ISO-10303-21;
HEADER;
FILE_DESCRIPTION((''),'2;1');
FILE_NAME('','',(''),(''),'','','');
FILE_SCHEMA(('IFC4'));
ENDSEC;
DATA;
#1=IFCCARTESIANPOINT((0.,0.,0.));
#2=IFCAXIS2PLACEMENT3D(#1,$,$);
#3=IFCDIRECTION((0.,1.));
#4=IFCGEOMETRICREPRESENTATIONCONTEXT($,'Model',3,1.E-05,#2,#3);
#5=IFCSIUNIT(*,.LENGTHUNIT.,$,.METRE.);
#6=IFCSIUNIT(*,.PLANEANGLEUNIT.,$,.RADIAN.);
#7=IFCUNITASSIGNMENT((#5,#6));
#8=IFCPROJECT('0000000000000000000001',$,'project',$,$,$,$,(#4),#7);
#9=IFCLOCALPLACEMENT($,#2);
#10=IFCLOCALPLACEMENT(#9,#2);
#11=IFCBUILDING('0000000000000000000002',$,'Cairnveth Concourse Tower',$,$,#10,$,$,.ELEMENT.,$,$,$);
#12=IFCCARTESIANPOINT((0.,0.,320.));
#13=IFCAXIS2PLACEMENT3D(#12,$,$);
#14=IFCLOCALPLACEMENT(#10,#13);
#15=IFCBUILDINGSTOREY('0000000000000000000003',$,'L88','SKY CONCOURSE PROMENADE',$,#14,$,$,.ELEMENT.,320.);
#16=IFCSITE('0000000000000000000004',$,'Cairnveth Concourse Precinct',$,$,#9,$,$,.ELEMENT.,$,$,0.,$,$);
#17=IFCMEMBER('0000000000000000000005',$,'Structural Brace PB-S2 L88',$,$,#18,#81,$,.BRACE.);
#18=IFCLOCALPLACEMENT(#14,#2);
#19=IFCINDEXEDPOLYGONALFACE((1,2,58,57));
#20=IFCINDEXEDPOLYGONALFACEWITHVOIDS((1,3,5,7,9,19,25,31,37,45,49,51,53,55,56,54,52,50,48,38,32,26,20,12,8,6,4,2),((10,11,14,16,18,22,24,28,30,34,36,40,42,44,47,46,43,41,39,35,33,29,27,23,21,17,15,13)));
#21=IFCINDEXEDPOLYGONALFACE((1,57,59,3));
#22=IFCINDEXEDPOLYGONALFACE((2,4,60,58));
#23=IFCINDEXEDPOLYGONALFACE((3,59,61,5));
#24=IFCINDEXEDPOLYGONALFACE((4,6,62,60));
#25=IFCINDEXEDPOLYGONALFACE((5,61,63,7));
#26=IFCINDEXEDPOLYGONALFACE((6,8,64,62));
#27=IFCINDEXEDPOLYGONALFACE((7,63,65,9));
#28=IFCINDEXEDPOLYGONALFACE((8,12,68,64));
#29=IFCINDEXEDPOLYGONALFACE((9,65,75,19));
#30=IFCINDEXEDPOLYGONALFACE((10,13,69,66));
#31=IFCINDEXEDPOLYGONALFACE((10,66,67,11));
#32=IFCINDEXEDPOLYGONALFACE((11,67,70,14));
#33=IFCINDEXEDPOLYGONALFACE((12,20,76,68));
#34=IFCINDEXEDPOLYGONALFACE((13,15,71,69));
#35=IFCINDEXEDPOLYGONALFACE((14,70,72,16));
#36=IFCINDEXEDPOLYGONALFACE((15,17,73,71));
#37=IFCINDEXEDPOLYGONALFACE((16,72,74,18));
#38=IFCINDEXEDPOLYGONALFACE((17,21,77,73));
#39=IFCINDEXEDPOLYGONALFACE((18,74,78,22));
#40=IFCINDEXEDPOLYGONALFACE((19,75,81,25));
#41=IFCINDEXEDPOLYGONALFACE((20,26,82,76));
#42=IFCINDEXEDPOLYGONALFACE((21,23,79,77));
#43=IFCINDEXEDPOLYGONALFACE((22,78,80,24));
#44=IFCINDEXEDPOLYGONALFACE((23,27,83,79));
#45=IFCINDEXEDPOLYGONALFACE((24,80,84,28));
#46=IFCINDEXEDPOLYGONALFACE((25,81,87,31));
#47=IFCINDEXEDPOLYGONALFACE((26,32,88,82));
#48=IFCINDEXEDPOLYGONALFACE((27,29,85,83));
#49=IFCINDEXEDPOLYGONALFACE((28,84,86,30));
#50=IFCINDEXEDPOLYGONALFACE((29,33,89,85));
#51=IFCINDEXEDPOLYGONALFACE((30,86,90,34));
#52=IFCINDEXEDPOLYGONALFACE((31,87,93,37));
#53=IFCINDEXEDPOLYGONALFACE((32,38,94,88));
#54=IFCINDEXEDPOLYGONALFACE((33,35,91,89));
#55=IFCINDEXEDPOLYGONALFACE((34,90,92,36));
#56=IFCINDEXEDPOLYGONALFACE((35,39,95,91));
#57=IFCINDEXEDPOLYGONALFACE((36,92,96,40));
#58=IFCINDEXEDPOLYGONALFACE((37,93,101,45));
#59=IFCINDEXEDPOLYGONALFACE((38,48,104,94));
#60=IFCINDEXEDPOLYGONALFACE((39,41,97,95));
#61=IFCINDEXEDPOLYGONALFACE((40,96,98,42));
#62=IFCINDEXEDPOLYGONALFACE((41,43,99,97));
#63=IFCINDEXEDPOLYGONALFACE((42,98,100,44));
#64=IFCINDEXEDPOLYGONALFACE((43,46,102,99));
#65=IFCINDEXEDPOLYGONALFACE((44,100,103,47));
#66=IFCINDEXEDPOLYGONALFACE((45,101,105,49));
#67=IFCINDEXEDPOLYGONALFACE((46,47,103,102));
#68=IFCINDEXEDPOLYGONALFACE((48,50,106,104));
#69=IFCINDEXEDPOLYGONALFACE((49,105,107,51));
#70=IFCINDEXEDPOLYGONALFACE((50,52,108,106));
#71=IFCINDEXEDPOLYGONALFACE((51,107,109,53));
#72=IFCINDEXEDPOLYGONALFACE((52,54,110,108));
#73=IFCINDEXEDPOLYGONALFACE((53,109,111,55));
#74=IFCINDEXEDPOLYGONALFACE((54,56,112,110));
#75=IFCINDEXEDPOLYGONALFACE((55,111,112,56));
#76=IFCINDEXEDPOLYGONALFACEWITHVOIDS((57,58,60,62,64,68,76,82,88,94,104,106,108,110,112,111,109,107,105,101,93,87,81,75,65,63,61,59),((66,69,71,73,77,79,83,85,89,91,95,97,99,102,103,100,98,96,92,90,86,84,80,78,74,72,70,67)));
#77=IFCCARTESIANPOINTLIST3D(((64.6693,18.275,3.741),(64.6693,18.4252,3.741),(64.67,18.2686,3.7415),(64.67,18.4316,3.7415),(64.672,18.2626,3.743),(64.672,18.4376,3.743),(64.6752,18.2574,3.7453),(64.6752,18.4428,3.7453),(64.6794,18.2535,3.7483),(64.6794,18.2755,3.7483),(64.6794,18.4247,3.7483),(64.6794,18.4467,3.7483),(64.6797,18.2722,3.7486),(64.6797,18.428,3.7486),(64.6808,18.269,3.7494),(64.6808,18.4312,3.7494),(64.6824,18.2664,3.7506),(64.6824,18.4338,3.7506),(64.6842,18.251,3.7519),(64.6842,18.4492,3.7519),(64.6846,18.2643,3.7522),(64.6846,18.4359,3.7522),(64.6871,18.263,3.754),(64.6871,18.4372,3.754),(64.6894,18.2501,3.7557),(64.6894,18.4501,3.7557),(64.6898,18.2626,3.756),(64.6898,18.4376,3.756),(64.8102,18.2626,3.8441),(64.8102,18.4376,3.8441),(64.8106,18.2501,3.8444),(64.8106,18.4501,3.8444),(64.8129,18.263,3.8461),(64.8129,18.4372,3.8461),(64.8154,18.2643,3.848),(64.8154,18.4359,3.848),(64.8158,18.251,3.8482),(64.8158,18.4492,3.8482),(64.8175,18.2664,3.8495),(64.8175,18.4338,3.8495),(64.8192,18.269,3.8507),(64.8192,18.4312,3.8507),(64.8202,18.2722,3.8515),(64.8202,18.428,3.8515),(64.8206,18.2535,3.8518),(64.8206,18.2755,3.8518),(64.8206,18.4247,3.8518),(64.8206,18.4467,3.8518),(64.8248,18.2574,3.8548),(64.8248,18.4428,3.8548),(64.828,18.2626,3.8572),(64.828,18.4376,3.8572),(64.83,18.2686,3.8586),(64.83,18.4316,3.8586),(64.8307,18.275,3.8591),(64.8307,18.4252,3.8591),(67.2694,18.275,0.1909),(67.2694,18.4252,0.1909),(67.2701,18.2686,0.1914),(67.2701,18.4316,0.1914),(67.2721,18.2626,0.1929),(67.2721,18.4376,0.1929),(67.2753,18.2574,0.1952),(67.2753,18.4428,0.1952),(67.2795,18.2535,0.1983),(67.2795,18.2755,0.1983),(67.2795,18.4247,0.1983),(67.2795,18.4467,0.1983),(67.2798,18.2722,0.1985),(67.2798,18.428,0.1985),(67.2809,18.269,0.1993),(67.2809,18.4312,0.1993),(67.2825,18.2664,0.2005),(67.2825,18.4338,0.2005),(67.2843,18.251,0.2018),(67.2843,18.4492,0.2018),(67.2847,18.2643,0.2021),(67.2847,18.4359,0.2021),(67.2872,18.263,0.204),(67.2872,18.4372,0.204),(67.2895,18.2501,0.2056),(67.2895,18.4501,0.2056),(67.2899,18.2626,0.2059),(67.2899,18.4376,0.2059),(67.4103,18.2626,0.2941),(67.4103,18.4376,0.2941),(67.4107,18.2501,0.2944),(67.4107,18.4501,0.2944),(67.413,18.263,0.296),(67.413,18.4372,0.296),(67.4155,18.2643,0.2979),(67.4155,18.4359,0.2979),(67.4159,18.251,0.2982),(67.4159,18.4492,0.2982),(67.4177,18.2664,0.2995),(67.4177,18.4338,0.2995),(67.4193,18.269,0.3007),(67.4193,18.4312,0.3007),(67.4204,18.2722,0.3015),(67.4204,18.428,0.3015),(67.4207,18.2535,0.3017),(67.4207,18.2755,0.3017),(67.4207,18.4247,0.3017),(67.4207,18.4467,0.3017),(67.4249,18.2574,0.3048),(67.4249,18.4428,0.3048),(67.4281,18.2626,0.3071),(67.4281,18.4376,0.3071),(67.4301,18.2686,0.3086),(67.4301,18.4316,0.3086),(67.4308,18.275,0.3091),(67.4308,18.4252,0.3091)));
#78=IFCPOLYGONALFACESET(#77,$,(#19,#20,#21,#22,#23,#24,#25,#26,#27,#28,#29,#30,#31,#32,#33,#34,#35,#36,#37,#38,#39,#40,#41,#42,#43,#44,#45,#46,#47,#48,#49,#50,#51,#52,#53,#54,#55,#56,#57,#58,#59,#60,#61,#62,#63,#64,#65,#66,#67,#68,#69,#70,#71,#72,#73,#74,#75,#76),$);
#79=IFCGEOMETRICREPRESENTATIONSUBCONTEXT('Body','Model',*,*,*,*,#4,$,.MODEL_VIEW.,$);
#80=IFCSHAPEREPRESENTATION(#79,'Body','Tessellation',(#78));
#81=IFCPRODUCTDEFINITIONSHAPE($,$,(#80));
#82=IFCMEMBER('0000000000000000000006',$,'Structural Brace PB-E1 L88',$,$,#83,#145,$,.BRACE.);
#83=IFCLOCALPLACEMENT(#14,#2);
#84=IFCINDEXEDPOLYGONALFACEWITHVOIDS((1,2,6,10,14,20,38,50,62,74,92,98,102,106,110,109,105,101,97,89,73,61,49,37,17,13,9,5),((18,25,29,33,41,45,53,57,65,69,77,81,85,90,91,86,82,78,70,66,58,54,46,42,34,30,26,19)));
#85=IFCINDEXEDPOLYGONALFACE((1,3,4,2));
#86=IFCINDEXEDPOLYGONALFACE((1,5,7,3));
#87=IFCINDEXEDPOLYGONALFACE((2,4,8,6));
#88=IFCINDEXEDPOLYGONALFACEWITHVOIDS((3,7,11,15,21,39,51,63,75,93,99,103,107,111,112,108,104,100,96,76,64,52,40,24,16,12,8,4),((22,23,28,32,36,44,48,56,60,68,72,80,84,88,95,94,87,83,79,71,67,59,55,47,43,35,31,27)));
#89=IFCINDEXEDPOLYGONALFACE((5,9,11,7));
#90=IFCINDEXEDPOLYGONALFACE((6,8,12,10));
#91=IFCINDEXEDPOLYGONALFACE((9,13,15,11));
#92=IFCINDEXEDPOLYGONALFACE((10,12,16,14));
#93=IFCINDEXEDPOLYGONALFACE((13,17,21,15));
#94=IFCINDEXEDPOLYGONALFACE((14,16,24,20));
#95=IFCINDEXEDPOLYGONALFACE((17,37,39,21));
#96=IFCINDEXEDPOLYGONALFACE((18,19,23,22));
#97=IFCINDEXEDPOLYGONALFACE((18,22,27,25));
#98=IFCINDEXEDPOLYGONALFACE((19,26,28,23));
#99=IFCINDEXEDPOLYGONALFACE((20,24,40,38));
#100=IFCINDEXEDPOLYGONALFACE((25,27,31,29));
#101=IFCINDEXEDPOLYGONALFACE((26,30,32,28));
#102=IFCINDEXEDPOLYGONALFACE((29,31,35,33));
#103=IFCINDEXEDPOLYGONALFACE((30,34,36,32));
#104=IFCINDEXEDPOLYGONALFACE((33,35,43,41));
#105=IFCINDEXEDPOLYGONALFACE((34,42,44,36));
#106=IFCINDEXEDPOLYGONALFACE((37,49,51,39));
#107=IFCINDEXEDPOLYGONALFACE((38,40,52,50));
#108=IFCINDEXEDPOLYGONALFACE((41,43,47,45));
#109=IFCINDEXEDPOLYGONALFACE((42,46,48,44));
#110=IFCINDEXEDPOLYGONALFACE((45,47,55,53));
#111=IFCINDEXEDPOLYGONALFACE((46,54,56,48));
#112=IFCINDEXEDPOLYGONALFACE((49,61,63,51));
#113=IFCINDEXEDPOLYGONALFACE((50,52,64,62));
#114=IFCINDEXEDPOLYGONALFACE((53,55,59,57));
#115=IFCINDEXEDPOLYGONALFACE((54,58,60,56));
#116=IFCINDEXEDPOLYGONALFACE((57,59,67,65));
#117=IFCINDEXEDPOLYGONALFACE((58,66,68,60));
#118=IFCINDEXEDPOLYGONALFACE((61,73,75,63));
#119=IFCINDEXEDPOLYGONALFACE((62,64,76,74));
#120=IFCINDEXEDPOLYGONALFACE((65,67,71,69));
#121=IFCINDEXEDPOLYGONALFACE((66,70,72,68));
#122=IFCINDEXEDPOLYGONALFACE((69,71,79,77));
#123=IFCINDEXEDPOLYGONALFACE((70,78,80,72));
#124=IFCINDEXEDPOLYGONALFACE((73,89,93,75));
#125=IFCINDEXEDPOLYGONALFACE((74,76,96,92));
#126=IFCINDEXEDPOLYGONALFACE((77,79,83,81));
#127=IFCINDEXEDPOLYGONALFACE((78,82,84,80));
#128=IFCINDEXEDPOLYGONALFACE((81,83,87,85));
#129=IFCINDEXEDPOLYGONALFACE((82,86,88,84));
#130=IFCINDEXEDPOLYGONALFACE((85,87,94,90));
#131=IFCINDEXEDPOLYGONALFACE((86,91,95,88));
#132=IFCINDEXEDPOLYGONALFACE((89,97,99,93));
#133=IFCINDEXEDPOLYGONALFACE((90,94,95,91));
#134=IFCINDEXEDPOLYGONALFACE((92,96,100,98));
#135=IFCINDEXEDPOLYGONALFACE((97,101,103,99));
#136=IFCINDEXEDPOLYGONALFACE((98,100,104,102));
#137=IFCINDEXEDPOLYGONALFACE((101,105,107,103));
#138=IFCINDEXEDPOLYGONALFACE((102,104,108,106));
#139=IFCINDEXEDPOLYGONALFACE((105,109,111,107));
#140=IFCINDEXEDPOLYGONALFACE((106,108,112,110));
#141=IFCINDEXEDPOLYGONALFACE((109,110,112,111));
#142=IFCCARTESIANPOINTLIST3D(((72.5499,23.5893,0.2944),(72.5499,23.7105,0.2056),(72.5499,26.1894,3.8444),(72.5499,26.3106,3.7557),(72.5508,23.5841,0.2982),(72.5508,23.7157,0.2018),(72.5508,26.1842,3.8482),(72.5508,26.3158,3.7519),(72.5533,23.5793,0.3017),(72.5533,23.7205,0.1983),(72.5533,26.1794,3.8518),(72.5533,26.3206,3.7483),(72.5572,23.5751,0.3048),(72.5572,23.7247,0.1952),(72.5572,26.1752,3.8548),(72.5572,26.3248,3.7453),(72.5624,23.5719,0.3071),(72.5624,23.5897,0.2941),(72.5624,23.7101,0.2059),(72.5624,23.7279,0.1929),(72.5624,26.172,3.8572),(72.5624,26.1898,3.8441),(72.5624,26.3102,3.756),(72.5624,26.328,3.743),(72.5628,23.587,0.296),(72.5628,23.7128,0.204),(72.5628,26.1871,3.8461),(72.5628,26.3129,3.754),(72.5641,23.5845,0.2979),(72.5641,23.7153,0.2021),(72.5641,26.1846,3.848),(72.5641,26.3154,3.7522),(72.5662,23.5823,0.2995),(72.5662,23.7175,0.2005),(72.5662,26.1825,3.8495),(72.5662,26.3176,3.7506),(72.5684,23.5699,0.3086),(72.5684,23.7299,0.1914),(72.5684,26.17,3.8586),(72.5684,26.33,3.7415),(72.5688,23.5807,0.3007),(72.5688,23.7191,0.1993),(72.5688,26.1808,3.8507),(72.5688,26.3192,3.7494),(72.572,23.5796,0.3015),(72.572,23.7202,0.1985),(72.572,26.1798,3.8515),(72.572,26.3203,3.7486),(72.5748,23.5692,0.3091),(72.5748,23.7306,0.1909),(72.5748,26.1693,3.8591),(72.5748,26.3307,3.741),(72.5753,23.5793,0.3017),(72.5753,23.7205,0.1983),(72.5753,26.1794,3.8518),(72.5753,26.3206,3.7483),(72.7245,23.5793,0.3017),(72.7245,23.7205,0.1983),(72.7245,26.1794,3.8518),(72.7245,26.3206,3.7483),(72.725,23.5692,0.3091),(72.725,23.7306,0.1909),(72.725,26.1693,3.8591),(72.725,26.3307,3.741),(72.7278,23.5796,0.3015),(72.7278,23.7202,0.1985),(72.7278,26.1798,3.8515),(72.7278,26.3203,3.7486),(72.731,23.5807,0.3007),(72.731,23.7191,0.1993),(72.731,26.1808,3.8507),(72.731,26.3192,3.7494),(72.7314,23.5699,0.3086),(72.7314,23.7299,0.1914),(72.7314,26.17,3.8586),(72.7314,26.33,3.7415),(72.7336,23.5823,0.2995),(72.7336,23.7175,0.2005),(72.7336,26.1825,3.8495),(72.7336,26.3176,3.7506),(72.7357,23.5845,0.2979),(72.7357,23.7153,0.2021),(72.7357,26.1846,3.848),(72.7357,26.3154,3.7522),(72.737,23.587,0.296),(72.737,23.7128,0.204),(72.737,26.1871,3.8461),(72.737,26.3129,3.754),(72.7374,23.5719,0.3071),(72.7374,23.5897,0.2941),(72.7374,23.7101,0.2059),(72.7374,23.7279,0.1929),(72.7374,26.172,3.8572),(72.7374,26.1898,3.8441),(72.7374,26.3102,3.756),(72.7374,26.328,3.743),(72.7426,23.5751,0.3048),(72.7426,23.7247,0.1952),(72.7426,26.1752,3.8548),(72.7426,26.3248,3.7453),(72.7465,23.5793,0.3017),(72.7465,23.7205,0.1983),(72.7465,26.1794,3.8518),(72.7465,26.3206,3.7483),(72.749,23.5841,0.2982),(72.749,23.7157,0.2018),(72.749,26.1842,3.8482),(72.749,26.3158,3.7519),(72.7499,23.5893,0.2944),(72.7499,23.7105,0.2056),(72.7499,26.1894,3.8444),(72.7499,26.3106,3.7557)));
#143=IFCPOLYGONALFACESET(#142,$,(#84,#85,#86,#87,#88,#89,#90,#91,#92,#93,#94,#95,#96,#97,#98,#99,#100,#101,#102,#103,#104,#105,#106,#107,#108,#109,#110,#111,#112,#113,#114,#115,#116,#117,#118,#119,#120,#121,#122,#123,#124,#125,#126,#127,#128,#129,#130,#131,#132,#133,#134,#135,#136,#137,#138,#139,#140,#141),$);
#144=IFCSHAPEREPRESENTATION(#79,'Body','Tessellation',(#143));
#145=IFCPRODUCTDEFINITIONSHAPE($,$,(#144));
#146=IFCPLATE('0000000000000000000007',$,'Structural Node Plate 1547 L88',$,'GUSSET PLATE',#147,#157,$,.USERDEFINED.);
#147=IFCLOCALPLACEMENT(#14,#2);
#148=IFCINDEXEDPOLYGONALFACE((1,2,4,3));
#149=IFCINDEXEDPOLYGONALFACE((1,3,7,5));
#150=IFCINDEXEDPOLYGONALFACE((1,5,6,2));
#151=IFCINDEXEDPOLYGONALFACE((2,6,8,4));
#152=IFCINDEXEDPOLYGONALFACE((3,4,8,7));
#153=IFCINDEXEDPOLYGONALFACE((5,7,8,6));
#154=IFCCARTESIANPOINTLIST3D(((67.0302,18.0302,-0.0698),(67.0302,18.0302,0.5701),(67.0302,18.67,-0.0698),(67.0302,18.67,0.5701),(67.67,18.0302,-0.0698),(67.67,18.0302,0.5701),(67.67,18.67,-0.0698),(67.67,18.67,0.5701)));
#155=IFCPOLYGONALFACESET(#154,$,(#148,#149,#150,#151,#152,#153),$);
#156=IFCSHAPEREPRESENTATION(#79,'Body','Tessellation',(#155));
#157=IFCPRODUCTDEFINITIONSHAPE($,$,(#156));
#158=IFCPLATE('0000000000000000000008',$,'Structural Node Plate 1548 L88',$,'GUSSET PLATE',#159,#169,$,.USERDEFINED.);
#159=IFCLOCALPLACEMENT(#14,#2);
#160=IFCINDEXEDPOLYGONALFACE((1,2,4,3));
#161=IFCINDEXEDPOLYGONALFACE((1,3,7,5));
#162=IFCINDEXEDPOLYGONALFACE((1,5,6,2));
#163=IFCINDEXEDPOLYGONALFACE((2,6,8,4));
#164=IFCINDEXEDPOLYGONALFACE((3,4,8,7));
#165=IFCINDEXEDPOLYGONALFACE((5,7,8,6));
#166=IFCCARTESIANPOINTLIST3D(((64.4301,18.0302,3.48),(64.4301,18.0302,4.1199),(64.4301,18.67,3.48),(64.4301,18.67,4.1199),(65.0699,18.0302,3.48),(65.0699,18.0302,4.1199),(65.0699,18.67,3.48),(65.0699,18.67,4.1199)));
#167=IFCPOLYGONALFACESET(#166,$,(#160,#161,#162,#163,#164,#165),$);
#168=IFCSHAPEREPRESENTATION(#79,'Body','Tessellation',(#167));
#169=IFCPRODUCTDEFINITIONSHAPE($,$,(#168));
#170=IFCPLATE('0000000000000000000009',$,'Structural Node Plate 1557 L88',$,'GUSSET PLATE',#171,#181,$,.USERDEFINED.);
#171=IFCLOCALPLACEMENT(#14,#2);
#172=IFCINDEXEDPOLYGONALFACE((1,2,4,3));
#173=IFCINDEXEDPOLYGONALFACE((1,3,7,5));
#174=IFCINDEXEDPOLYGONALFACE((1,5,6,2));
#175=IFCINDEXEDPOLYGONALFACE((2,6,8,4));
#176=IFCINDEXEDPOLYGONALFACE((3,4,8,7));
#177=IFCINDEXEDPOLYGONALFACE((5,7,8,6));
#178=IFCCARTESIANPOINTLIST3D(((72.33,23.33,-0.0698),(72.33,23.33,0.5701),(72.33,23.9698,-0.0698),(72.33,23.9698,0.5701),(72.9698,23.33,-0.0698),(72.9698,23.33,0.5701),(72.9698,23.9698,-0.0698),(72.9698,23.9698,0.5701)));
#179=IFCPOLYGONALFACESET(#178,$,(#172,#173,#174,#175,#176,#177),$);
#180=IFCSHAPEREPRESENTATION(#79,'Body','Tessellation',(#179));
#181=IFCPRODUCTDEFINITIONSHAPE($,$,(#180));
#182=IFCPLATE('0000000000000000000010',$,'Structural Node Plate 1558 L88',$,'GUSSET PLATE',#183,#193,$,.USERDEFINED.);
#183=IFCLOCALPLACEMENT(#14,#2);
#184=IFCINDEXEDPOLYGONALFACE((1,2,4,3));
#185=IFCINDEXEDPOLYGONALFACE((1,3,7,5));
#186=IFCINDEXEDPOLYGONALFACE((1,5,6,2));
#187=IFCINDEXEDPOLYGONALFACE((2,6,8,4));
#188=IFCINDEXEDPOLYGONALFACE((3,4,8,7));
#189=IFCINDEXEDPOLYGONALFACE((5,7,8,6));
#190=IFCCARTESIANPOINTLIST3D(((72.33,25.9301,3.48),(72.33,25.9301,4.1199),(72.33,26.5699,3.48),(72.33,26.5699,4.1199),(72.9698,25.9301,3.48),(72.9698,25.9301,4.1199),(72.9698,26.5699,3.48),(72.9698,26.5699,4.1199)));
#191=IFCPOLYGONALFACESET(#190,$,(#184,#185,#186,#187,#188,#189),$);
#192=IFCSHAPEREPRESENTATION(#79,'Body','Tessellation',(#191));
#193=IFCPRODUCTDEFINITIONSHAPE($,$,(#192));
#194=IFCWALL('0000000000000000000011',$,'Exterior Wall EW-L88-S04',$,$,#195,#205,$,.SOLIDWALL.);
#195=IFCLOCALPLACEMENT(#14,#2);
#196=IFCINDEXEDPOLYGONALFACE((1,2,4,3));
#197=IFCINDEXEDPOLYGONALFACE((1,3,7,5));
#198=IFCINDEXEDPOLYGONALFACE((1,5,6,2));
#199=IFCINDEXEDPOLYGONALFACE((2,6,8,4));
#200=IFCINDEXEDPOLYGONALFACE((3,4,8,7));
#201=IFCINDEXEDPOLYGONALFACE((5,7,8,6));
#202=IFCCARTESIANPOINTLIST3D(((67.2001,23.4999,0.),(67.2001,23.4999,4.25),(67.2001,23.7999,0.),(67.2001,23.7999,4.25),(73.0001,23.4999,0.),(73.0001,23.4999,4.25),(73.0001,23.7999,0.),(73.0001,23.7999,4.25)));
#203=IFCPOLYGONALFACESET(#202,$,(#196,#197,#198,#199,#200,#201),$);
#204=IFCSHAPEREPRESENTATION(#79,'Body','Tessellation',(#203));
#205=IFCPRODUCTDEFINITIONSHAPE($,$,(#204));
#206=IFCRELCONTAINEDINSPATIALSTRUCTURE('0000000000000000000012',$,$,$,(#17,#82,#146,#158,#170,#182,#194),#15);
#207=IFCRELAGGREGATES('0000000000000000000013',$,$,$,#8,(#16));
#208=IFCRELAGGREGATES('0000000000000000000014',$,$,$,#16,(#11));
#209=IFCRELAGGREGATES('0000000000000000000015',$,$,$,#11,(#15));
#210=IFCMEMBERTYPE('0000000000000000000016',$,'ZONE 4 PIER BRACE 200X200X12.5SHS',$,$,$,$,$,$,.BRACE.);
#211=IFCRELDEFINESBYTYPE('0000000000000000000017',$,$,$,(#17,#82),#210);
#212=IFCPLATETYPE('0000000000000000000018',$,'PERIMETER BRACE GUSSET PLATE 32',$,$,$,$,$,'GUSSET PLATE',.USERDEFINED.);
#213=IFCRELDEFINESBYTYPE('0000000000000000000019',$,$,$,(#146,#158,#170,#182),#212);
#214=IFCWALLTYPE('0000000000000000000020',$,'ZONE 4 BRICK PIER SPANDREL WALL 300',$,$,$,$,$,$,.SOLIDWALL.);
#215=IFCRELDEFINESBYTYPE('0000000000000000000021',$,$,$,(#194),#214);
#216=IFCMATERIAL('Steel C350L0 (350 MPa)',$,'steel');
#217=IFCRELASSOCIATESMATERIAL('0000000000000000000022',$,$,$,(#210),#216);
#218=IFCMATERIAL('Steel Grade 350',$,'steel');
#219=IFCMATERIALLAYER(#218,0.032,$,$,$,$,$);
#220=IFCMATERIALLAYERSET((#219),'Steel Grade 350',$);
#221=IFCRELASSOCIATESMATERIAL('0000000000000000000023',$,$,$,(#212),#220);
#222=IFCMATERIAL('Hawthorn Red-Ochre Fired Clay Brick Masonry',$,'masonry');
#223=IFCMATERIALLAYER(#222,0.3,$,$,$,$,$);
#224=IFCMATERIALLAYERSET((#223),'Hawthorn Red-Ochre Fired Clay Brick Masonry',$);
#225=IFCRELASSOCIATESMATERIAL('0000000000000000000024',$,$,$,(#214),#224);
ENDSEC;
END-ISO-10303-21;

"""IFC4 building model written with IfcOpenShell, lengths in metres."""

from ifc_helpers import new_model, si_unit, direction, frame, frame_2d, origin, origin_2d, place, context, subcontext, project, spatial, rectangle, hollow_rectangle, extrude, material, layer, layer_set, material_profile, profile_set, type_object, element, save


model = new_model("IFC4")

# Units and contexts
model_context = context("Model", 3, precision=1e-05, world=origin(), true_north=direction((0.0, 1.0)))
body_context = subcontext(model_context, "Body", "Model", "MODEL_VIEW")
ifc_project = project(units=[si_unit("LENGTHUNIT", "METRE"), si_unit("PLANEANGLEUNIT", "RADIAN")], contexts=[model_context])

# Site, building, storey
site_placement = place(None, origin())
site = spatial("IfcSite", under=ifc_project, at=site_placement, Name="Cairnveth Concourse Precinct", CompositionType="ELEMENT", RefElevation=0.0)
building_placement = place(site_placement, origin())
building = spatial("IfcBuilding", under=site, at=building_placement, Name="Cairnveth Concourse Tower", CompositionType="ELEMENT")
storey_placement = place(building_placement, frame((0.0, 0.0, 320.0)))
storey = spatial("IfcBuildingStorey", under=building, at=storey_placement, Name="L88", Description="SKY CONCOURSE PROMENADE", CompositionType="ELEMENT", Elevation=320.0)

# Shared definitions
ifc_material_1 = material(Name="Steel Grade 350", Category="steel")

# Members
ifc_material_2 = material(Name="Steel C350L0 (350 MPa)", Category="steel")
ifc_material_profile_1 = material_profile(ifc_material_2, hollow_rectangle(XDim=0.2, YDim=0.2, WallThickness=0.0125, InnerFilletRadius=0.0129, OuterFilletRadius=0.0249, at=origin_2d()), Name="200x200x12.5SHS")
ifc_profile_set_1 = profile_set([ifc_material_profile_1], Name="Steel C350L0 (350 MPa)")
member_type = type_object("IfcMemberType", Name="ZONE 4 PIER BRACE 200X200X12.5SHS", PredefinedType="BRACE", material=ifc_profile_set_1)
for number, where, z_axis, x_axis, name in (
    (1, (67.3501, 18.3501, 0.25), (-0.59088, 0.0, 0.806759), (0.0, -1.0, 0.0), "Structural Brace PB-S2 L88"),
    (2, (72.6499, 23.6499, 0.25), (0.0, 0.59088, 0.806759), (-1.0, 0.0, 0.0), "Structural Brace PB-E1 L88"),
):
    element("IfcMember", number, at=place(storey_placement, frame(where, z_axis=z_axis, x_axis=x_axis)), inside=storey, type_object=member_type, Name=name, PredefinedType="BRACE", context=body_context, shape_type="SweptSolid", body=[
        extrude(hollow_rectangle(XDim=0.2, YDim=0.2, WallThickness=0.0125, InnerFilletRadius=0.0129, OuterFilletRadius=0.0249, at=origin_2d()), origin(), (0.0, 0.0, 1.0), 4.4004),
    ])

# Plates
ifc_layer_1 = layer(ifc_material_1, 0.032)
ifc_layer_set_1 = layer_set([ifc_layer_1], Name="Steel Grade 350")
plate_type = type_object("IfcPlateType", Name="PERIMETER BRACE GUSSET PLATE 32", ElementType="GUSSET PLATE", PredefinedType="USERDEFINED", material=ifc_layer_set_1)
for number, where, z_axis, x_axis, name in (
    (3, (67.3501, 18.3501, -0.0698), (0.0, 0.0, 1.0), (1.0, 0.0, 0.0), "Structural Node Plate 1547 L88"),
    (4, (64.75, 18.3501, 3.48), (0.0, 0.0, 1.0), (1.0, 0.0, 0.0), "Structural Node Plate 1548 L88"),
    (5, (72.6499, 23.6499, -0.0698), (0.0, 0.0, 1.0), (1.0, 0.0, 0.0), "Structural Node Plate 1557 L88"),
    (6, (72.6499, 26.25, 3.48), (0.0, 0.0, 1.0), (1.0, 0.0, 0.0), "Structural Node Plate 1558 L88"),
):
    element("IfcPlate", number, at=place(storey_placement, frame(where, z_axis=z_axis, x_axis=x_axis)), inside=storey, type_object=plate_type, Name=name, ObjectType="GUSSET PLATE", PredefinedType="USERDEFINED", context=body_context, shape_type="SweptSolid", body=[
        extrude(rectangle(XDim=0.6399, YDim=0.6399, at=origin_2d()), origin(), (0.0, 0.0, 1.0), 0.6399),
    ])

# Wall
ifc_material_3 = material(Name="Hawthorn Red-Ochre Fired Clay Brick Masonry", Category="masonry")
ifc_layer_2 = layer(ifc_material_3, 0.3)
ifc_layer_set_2 = layer_set([ifc_layer_2], Name="Hawthorn Red-Ochre Fired Clay Brick Masonry")
wall_type = type_object("IfcWallType", Name="ZONE 4 BRICK PIER SPANDREL WALL 300", PredefinedType="SOLIDWALL", material=ifc_layer_set_2)
wall_1_placement = place(storey_placement, frame((73.0, 23.6499, 0.0), z_axis=(0.0, 0.0, 1.0), x_axis=(-1.0, 0.0, 0.0)))
element("IfcWall", 7, at=wall_1_placement, inside=storey, type_object=wall_type, Name="Exterior Wall EW-L88-S04", PredefinedType="SOLIDWALL", context=body_context, shape_type="SweptSolid", body=[
    extrude(rectangle(XDim=5.8, YDim=0.3, at=frame_2d((2.8999, 0.0))), origin(), (0.0, 0.0, 1.0), 4.25),
])

save(model, "model.ifc")
